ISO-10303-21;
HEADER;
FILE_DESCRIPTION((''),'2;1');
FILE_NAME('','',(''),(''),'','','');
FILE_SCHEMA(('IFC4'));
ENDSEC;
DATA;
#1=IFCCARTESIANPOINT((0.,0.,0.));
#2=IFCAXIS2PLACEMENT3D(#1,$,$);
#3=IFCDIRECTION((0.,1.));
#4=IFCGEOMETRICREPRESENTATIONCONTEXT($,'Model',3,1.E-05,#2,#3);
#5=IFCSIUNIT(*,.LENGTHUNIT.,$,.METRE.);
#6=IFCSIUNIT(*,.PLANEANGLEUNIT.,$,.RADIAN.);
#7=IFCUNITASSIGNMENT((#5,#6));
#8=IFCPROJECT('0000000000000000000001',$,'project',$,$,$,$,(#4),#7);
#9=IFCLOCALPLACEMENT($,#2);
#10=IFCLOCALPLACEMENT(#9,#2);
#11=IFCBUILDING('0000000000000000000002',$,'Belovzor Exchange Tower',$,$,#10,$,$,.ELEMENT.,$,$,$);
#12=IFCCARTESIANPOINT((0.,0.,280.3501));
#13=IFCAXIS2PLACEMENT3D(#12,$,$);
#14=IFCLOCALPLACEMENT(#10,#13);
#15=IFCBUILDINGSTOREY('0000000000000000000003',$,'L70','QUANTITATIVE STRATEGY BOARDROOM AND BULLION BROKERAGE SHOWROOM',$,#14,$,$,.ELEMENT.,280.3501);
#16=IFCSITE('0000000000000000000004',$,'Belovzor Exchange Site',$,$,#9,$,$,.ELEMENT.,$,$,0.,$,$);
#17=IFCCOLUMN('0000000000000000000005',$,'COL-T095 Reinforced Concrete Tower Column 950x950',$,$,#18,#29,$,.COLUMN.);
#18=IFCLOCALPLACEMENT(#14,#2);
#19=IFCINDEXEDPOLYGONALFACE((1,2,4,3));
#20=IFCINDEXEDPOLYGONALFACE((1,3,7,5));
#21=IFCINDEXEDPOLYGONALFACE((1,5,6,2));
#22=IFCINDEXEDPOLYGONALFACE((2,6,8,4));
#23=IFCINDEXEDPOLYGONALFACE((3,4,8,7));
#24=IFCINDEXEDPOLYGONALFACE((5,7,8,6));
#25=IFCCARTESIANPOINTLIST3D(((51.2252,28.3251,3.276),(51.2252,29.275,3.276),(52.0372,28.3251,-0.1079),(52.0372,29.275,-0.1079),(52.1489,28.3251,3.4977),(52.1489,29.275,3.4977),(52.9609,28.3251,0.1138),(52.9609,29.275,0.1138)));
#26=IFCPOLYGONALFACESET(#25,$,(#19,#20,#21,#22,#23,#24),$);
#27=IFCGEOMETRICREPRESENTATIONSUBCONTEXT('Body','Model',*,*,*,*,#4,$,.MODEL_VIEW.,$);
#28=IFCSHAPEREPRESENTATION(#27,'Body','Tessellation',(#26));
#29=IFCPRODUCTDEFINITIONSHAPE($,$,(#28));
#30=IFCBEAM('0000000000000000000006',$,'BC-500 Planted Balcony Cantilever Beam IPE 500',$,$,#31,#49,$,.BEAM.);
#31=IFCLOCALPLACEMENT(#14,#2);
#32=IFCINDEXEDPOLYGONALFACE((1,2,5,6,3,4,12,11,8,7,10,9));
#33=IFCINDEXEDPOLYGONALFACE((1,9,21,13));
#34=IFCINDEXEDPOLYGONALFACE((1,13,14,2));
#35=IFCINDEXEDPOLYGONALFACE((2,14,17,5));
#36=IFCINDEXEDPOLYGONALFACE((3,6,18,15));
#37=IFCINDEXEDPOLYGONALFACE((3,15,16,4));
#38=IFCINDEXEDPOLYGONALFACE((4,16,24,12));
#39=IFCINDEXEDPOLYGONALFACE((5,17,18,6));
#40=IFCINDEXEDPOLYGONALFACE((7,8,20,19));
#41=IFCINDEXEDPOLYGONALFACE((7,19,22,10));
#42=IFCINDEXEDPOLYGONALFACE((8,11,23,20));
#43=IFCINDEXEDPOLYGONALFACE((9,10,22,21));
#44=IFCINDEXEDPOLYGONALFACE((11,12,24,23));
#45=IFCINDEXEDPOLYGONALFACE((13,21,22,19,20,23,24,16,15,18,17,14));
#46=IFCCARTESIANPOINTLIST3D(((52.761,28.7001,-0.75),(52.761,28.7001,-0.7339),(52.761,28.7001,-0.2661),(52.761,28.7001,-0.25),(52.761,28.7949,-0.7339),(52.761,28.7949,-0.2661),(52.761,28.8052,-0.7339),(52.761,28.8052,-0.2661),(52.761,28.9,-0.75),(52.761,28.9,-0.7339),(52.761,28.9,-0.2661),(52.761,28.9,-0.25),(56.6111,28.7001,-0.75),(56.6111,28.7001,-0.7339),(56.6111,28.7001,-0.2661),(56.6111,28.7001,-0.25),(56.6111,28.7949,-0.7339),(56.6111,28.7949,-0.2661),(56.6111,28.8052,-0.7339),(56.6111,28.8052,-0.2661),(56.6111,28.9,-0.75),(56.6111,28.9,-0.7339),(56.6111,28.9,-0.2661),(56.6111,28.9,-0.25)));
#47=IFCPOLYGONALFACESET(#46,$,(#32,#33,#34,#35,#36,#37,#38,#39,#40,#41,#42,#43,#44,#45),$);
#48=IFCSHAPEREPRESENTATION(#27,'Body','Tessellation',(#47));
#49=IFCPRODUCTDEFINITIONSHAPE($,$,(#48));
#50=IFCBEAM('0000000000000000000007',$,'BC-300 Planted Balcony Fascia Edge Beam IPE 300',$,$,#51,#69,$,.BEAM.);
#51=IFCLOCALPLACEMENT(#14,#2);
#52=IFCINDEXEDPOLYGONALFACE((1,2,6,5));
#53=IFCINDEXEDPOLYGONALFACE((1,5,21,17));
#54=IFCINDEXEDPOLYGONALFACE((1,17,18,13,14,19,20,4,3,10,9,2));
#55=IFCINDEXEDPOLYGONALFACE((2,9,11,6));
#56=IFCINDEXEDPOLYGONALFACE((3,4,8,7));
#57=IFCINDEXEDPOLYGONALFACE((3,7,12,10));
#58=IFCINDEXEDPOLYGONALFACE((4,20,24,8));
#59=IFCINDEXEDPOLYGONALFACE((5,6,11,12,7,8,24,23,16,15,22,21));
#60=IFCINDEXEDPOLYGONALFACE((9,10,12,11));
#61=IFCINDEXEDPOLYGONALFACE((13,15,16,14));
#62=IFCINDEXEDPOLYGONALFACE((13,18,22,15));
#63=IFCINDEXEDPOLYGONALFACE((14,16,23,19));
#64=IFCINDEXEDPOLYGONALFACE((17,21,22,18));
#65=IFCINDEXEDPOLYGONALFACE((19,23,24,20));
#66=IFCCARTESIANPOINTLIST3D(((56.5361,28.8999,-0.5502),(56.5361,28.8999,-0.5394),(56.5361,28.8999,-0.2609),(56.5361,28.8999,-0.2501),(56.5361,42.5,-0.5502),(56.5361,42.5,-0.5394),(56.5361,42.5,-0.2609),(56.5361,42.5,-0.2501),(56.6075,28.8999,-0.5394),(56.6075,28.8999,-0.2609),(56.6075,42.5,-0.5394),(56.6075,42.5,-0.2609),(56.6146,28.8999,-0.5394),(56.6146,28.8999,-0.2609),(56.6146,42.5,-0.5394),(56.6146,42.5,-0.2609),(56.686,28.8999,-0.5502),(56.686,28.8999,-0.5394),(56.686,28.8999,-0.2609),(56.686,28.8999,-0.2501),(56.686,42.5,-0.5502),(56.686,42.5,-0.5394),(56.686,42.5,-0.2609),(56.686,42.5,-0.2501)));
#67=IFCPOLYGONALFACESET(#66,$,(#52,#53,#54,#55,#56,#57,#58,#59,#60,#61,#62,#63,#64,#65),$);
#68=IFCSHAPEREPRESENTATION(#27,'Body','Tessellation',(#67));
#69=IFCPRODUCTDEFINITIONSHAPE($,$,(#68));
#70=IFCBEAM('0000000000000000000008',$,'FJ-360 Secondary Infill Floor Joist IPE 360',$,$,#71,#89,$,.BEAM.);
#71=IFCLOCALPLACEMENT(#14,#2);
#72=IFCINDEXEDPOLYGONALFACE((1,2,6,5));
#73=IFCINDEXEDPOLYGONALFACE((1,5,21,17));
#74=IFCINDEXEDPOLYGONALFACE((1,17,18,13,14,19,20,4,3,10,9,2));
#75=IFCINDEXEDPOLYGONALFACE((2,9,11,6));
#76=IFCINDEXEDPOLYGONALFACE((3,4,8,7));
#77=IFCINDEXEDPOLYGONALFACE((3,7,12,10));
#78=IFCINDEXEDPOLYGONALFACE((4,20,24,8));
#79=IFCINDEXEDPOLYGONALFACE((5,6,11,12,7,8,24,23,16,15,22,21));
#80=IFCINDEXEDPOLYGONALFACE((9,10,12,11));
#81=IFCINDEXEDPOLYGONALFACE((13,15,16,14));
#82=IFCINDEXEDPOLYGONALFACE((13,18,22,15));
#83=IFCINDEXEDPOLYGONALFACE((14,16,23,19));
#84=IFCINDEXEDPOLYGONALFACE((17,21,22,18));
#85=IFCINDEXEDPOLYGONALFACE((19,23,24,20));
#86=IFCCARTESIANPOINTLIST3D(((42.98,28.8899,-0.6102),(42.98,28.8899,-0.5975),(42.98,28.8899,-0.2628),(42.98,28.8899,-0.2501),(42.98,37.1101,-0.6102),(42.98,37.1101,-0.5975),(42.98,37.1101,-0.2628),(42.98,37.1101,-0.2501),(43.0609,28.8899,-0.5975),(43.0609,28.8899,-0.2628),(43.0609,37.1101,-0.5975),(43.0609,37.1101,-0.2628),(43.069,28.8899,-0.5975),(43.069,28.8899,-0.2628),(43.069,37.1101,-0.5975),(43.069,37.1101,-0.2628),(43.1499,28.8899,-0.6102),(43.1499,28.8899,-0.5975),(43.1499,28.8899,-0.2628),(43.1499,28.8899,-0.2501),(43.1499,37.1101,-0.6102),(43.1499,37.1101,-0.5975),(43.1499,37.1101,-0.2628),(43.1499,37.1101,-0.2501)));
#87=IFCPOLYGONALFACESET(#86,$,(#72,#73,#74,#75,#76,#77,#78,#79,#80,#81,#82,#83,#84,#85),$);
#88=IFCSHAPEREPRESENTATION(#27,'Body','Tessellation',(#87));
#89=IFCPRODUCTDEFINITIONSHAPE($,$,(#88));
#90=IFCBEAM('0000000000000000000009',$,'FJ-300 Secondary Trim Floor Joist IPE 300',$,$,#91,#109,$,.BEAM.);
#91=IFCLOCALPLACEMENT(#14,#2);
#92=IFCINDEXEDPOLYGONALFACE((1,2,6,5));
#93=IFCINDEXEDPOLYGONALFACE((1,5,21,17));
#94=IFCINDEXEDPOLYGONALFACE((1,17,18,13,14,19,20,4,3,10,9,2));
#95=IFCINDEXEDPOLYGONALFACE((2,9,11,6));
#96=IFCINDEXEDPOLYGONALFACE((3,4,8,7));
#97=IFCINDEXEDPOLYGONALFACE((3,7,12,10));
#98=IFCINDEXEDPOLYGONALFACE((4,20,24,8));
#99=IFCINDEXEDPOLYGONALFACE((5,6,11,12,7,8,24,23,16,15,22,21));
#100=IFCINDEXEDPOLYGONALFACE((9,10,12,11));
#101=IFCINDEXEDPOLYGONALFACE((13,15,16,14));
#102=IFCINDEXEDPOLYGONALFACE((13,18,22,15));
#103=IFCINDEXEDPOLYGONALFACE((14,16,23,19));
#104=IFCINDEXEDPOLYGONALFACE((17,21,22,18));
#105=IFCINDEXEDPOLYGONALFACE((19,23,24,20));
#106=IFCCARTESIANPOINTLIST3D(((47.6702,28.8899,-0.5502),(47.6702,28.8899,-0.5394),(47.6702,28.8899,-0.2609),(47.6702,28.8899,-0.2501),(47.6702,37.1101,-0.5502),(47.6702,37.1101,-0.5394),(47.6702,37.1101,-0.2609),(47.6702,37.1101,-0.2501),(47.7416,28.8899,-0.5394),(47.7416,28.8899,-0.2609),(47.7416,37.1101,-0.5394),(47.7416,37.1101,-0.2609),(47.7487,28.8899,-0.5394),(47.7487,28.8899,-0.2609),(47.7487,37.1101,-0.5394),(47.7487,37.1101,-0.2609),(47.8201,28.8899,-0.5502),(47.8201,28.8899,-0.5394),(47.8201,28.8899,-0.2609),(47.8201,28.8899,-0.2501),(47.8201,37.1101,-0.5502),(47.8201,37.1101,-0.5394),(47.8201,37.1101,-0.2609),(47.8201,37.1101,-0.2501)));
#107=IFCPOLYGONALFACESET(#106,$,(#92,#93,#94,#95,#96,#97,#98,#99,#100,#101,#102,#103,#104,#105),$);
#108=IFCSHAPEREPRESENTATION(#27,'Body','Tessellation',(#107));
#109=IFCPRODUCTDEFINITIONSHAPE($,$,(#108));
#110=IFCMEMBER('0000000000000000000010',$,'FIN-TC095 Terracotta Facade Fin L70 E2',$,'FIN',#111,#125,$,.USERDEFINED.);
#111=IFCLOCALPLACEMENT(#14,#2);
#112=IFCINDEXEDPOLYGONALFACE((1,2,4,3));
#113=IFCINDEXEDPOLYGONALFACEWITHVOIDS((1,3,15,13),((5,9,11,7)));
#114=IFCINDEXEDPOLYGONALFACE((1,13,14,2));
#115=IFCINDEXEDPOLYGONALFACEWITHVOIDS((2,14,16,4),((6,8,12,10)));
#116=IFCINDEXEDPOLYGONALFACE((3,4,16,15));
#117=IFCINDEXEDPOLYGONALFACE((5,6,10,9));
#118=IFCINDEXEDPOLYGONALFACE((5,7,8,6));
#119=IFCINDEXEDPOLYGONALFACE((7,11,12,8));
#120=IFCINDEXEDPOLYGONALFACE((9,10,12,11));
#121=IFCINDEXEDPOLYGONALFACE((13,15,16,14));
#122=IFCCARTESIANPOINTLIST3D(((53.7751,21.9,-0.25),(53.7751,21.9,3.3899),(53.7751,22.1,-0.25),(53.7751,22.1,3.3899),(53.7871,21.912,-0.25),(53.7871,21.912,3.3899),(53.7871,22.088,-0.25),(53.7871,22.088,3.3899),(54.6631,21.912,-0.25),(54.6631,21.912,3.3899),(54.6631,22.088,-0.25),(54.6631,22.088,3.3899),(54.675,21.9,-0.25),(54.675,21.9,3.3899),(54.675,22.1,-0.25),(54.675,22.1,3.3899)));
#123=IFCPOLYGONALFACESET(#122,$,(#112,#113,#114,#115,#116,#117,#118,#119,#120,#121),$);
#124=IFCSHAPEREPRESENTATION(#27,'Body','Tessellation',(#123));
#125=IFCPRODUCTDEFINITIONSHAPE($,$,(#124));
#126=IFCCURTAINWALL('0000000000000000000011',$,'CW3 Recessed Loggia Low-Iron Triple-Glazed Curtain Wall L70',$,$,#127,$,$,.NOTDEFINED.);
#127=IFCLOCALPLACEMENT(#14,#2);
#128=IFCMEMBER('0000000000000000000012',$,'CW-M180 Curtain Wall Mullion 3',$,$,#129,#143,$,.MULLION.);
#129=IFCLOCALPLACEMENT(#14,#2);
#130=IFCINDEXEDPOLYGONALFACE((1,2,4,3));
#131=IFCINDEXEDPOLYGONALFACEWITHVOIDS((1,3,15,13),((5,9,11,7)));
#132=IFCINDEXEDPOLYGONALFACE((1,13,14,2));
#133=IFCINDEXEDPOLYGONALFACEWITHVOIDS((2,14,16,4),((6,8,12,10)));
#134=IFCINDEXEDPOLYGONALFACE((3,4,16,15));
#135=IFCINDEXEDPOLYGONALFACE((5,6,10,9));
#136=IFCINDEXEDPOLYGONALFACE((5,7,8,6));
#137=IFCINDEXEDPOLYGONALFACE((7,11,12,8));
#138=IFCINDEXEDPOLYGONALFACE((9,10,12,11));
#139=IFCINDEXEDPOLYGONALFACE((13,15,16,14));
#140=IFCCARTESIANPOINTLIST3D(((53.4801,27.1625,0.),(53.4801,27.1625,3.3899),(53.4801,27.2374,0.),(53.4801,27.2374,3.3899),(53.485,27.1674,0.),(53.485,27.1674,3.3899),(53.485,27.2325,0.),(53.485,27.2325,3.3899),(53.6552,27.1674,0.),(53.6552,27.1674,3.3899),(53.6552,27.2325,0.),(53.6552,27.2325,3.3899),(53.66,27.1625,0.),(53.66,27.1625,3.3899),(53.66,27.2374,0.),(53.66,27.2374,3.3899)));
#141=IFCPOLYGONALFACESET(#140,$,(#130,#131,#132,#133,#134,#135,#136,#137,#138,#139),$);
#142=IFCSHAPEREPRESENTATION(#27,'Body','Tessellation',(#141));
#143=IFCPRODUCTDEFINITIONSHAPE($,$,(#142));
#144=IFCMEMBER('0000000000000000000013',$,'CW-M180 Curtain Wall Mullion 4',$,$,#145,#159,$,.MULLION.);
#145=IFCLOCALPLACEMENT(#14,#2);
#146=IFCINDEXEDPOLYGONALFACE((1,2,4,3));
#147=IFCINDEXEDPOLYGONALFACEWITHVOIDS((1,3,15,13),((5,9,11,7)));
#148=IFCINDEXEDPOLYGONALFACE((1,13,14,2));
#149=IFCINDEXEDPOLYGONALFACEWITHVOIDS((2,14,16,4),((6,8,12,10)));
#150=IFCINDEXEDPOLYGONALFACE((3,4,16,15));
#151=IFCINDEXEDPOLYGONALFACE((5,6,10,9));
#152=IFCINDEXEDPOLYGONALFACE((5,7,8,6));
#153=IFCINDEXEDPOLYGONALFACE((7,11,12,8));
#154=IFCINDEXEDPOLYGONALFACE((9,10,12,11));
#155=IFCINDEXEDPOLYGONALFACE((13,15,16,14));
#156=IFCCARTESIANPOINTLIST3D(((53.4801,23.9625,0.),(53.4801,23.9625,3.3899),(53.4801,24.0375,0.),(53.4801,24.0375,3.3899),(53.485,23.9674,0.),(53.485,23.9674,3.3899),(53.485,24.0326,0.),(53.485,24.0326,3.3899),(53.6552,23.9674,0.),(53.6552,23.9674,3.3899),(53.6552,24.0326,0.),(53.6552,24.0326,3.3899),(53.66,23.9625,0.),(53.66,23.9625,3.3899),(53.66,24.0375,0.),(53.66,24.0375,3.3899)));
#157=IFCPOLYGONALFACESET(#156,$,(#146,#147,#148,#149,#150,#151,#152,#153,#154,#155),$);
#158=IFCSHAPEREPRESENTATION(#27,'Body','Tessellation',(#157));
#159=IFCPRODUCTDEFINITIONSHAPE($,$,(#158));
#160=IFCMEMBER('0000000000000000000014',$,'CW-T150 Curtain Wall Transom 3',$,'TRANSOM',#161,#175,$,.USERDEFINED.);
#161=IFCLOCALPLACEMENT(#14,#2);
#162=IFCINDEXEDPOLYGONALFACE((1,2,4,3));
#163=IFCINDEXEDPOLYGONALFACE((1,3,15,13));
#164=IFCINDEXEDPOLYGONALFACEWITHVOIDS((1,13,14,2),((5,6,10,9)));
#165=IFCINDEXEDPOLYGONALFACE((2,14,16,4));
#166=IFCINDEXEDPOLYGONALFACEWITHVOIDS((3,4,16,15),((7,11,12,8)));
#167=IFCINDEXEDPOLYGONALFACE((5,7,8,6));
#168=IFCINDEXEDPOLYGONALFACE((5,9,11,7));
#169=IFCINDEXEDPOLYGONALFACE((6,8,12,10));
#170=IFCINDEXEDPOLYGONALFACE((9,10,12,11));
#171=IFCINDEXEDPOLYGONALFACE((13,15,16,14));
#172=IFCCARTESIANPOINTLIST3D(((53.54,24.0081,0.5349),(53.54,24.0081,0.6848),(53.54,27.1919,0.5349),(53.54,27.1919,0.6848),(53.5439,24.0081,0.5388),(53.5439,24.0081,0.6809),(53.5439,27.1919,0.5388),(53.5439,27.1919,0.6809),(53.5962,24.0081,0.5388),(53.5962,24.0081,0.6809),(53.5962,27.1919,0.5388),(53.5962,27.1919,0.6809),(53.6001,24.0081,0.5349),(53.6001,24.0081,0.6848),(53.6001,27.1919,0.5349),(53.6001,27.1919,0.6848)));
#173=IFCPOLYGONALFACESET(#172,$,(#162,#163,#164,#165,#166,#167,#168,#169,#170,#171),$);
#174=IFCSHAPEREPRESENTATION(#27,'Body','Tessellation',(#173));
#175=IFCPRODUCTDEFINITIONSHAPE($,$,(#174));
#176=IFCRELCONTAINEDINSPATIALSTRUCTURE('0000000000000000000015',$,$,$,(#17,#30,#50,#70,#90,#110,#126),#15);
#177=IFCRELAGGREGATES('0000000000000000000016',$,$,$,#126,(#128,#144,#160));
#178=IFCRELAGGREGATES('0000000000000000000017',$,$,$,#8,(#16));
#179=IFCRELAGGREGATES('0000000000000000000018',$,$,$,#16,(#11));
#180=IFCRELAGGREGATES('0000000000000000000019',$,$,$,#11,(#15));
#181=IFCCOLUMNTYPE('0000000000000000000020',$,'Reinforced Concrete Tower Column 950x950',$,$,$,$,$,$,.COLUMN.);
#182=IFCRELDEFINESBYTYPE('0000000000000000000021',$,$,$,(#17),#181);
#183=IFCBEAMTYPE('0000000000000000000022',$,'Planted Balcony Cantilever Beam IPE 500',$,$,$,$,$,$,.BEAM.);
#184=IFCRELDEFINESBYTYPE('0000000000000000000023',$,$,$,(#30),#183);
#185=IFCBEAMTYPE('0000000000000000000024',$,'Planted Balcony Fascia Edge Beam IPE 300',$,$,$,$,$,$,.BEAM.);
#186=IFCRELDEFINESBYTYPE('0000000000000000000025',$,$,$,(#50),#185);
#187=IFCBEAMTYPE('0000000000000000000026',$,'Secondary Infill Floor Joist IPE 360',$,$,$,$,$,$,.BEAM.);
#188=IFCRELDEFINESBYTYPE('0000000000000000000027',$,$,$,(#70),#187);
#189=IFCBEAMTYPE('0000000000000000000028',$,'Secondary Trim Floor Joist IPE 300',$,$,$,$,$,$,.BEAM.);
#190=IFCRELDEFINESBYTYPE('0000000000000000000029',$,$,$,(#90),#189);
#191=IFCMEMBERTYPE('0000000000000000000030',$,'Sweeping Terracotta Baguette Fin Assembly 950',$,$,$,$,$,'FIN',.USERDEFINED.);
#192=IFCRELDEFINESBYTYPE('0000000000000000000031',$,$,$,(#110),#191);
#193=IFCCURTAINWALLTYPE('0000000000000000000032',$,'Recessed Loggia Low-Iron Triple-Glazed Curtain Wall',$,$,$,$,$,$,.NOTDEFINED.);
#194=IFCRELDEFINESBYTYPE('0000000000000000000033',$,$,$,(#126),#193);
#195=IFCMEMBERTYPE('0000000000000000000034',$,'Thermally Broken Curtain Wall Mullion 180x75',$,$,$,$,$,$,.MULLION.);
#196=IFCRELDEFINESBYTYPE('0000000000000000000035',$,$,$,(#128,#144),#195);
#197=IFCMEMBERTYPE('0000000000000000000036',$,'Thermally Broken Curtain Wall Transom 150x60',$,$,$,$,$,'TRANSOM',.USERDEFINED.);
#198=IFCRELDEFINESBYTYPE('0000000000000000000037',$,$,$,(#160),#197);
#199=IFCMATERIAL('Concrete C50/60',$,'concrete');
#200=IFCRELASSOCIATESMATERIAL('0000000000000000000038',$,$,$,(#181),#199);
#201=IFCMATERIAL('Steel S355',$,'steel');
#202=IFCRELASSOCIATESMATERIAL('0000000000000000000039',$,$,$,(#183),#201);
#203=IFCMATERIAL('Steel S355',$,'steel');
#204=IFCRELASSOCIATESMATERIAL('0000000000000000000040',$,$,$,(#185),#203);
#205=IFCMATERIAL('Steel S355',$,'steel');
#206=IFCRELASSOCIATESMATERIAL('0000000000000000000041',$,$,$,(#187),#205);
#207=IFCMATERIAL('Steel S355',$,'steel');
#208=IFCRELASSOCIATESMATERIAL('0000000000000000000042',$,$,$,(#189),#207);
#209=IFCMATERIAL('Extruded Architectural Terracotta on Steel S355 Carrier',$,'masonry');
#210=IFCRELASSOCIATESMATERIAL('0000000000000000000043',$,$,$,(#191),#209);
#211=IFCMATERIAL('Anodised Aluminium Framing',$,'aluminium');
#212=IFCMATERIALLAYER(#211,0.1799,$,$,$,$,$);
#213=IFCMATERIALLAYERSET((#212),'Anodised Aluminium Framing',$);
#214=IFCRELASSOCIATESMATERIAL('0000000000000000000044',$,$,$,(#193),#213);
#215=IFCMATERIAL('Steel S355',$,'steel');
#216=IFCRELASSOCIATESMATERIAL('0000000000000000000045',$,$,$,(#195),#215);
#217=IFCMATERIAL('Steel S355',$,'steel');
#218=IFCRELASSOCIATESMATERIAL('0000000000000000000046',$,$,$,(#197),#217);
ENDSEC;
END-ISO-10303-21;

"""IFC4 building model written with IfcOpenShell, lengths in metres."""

from ifc_helpers import new_model, si_unit, direction, frame, origin, origin_2d, place, context, subcontext, project, spatial, rectangle, hollow_rectangle, i_section, extrude, material, layer, layer_set, material_profile, profile_set, type_object, element, aggregate, save


model = new_model("IFC4")

# Units and contexts
model_context = context("Model", 3, precision=1e-05, world=origin(), true_north=direction((0.0, 1.0)))
body_context = subcontext(model_context, "Body", "Model", "MODEL_VIEW")
ifc_project = project(units=[si_unit("LENGTHUNIT", "METRE"), si_unit("PLANEANGLEUNIT", "RADIAN")], contexts=[model_context])

# Site, building, storey
site_placement = place(None, origin())
site = spatial("IfcSite", under=ifc_project, at=site_placement, Name="Belovzor Exchange Site", CompositionType="ELEMENT", RefElevation=0.0)
building_placement = place(site_placement, origin())
building = spatial("IfcBuilding", under=site, at=building_placement, Name="Belovzor Exchange Tower", CompositionType="ELEMENT")
storey_placement = place(building_placement, frame((0.0, 0.0, 280.3501)))
storey = spatial("IfcBuildingStorey", under=building, at=storey_placement, Name="L70", Description="QUANTITATIVE STRATEGY BOARDROOM AND BULLION BROKERAGE SHOWROOM", CompositionType="ELEMENT", Elevation=280.3501)

# Column
ifc_material_1 = material(Name="Concrete C50/60", Category="concrete")
ifc_material_profile_1 = material_profile(ifc_material_1, rectangle(XDim=0.95, YDim=0.95, at=origin_2d()))
ifc_profile_set_1 = profile_set([ifc_material_profile_1], Name="Concrete C50/60")
column_type = type_object("IfcColumnType", Name="Reinforced Concrete Tower Column 950x950", PredefinedType="COLUMN", material=ifc_profile_set_1)
column_placement = place(storey_placement, frame((52.499, 28.8, 0.0029), z_axis=(-0.23333, 0.0, 0.972397), x_axis=(0.0, -1.0, 0.0)))
element("IfcColumn", 1, at=column_placement, inside=storey, type_object=column_type, Name="COL-T095 Reinforced Concrete Tower Column 950x950", PredefinedType="COLUMN", context=body_context, shape_type="SweptSolid", body=[
    extrude(rectangle(XDim=0.95, YDim=0.95, at=origin_2d()), origin(), (0.0, 0.0, 1.0), 3.48),
])

# Beams
ifc_material_2 = material(Name="Steel S355", Category="steel")
ifc_material_profile_2 = material_profile(ifc_material_2, i_section(OverallWidth=0.2, OverallDepth=0.5, WebThickness=0.0103, FlangeThickness=0.0161, at=origin_2d()))
ifc_profile_set_2 = profile_set([ifc_material_profile_2], Name="Steel S355")
beam_type_1 = type_object("IfcBeamType", Name="Planted Balcony Cantilever Beam IPE 500", PredefinedType="BEAM", material=ifc_profile_set_2)
beam_1_placement = place(storey_placement, frame((52.761, 28.8, -0.5), z_axis=(1.0, 0.0, 0.0), x_axis=(0.0, 1.0, 0.0)))
element("IfcBeam", 2, at=beam_1_placement, inside=storey, type_object=beam_type_1, Name="BC-500 Planted Balcony Cantilever Beam IPE 500", PredefinedType="BEAM", context=body_context, shape_type="SweptSolid", body=[
    extrude(i_section(OverallWidth=0.2, OverallDepth=0.5, WebThickness=0.0103, FlangeThickness=0.0161, at=origin_2d()), origin(), (0.0, 0.0, 1.0), 3.8501),
])
ifc_material_3 = material(Name="Steel S355", Category="steel")
ifc_material_profile_3 = material_profile(ifc_material_3, i_section(OverallWidth=0.1499, OverallDepth=0.3, WebThickness=0.0071, FlangeThickness=0.0107, at=origin_2d()))
ifc_profile_set_3 = profile_set([ifc_material_profile_3], Name="Steel S355")
beam_type_2 = type_object("IfcBeamType", Name="Planted Balcony Fascia Edge Beam IPE 300", PredefinedType="BEAM", material=ifc_profile_set_3)
beam_2_placement = place(storey_placement, frame((56.6111, 28.8999, -0.4001), z_axis=(0.0, 1.0, 0.0), x_axis=(-1.0, 0.0, 0.0)))
element("IfcBeam", 3, at=beam_2_placement, inside=storey, type_object=beam_type_2, Name="BC-300 Planted Balcony Fascia Edge Beam IPE 300", PredefinedType="BEAM", context=body_context, shape_type="SweptSolid", body=[
    extrude(i_section(OverallWidth=0.1499, OverallDepth=0.3, WebThickness=0.0071, FlangeThickness=0.0107, at=origin_2d()), origin(), (0.0, 0.0, 1.0), 13.6001),
])
ifc_material_4 = material(Name="Steel S355", Category="steel")
ifc_material_profile_4 = material_profile(ifc_material_4, i_section(OverallWidth=0.1699, OverallDepth=0.3601, WebThickness=0.0081, FlangeThickness=0.0127, at=origin_2d()))
ifc_profile_set_4 = profile_set([ifc_material_profile_4], Name="Steel S355")
beam_type_3 = type_object("IfcBeamType", Name="Secondary Infill Floor Joist IPE 360", PredefinedType="BEAM", material=ifc_profile_set_4)
beam_3_placement = place(storey_placement, frame((43.0649, 28.8899, -0.4302), z_axis=(0.0, 1.0, 0.0), x_axis=(-1.0, 0.0, 0.0)))
element("IfcBeam", 4, at=beam_3_placement, inside=storey, type_object=beam_type_3, Name="FJ-360 Secondary Infill Floor Joist IPE 360", PredefinedType="BEAM", context=body_context, shape_type="SweptSolid", body=[
    extrude(i_section(OverallWidth=0.1699, OverallDepth=0.3601, WebThickness=0.0081, FlangeThickness=0.0127, at=origin_2d()), origin(), (0.0, 0.0, 1.0), 8.2202),
])
ifc_material_5 = material(Name="Steel S355", Category="steel")
ifc_material_profile_5 = material_profile(ifc_material_5, i_section(OverallWidth=0.1499, OverallDepth=0.3, WebThickness=0.0071, FlangeThickness=0.0107, at=origin_2d()))
ifc_profile_set_5 = profile_set([ifc_material_profile_5], Name="Steel S355")
beam_type_4 = type_object("IfcBeamType", Name="Secondary Trim Floor Joist IPE 300", PredefinedType="BEAM", material=ifc_profile_set_5)
beam_4_placement = place(storey_placement, frame((47.7451, 28.8899, -0.4001), z_axis=(0.0, 1.0, 0.0), x_axis=(-1.0, 0.0, 0.0)))
element("IfcBeam", 5, at=beam_4_placement, inside=storey, type_object=beam_type_4, Name="FJ-300 Secondary Trim Floor Joist IPE 300", PredefinedType="BEAM", context=body_context, shape_type="SweptSolid", body=[
    extrude(i_section(OverallWidth=0.1499, OverallDepth=0.3, WebThickness=0.0071, FlangeThickness=0.0107, at=origin_2d()), origin(), (0.0, 0.0, 1.0), 8.2202),
])

# Member
ifc_material_6 = material(Name="Extruded Architectural Terracotta on Steel S355 Carrier", Category="masonry")
ifc_material_profile_6 = material_profile(ifc_material_6, hollow_rectangle(XDim=0.2, YDim=0.8999, WallThickness=0.012, at=origin_2d()))
ifc_profile_set_6 = profile_set([ifc_material_profile_6], Name="Extruded Architectural Terracotta on Steel S355 Carrier")
member_type_1 = type_object("IfcMemberType", Name="Sweeping Terracotta Baguette Fin Assembly 950", ElementType="FIN", PredefinedType="USERDEFINED", material=ifc_profile_set_6)
member_1_placement = place(storey_placement, frame((54.2251, 22.0, -0.25), z_axis=(0.0, 0.0, 1.0), x_axis=(0.0, 1.0, 0.0)))
element("IfcMember", 6, at=member_1_placement, inside=storey, type_object=member_type_1, Name="FIN-TC095 Terracotta Facade Fin L70 E2", ObjectType="FIN", PredefinedType="USERDEFINED", context=body_context, shape_type="SweptSolid", body=[
    extrude(hollow_rectangle(XDim=0.2, YDim=0.8999, WallThickness=0.012, at=origin_2d()), origin(), (0.0, 0.0, 1.0), 3.6399),
])

# Curtain wall, members
ifc_material_7 = material(Name="Anodised Aluminium Framing", Category="aluminium")
ifc_layer_1 = layer(ifc_material_7, 0.1799)
ifc_layer_set_1 = layer_set([ifc_layer_1], Name="Anodised Aluminium Framing")
curtain_wall_type = type_object("IfcCurtainWallType", Name="Recessed Loggia Low-Iron Triple-Glazed Curtain Wall", PredefinedType="NOTDEFINED", material=ifc_layer_set_1)
curtain_wall_placement = place(storey_placement, origin())
curtain_wall = element("IfcCurtainWall", 7, at=curtain_wall_placement, inside=storey, type_object=curtain_wall_type, Name="CW3 Recessed Loggia Low-Iron Triple-Glazed Curtain Wall L70", PredefinedType="NOTDEFINED")
ifc_material_8 = material(Name="Steel S355", Category="steel")
ifc_material_profile_7 = material_profile(ifc_material_8, hollow_rectangle(XDim=0.075, YDim=0.1799, WallThickness=0.0049, at=origin_2d()))
ifc_profile_set_7 = profile_set([ifc_material_profile_7], Name="Steel S355")
member_type_2 = type_object("IfcMemberType", Name="Thermally Broken Curtain Wall Mullion 180x75", PredefinedType="MULLION", material=ifc_profile_set_7)
member_2_placement = place(storey_placement, frame((53.5701, 27.2, 0.0), z_axis=(0.0, 0.0, 1.0), x_axis=(0.0, -1.0, 0.0)))
member_2 = element("IfcMember", 8, at=member_2_placement, type_object=member_type_2, Name="CW-M180 Curtain Wall Mullion 3", PredefinedType="MULLION", context=body_context, shape_type="SweptSolid", body=[
    extrude(hollow_rectangle(XDim=0.075, YDim=0.1799, WallThickness=0.0049, at=origin_2d()), origin(), (0.0, 0.0, 1.0), 3.3899),
])
member_3_placement = place(storey_placement, frame((53.5701, 24.0, 0.0), z_axis=(0.0, 0.0, 1.0), x_axis=(0.0, -1.0, 0.0)))
member_3 = element("IfcMember", 9, at=member_3_placement, type_object=member_type_2, Name="CW-M180 Curtain Wall Mullion 4", PredefinedType="MULLION", context=body_context, shape_type="SweptSolid", body=[
    extrude(hollow_rectangle(XDim=0.075, YDim=0.1799, WallThickness=0.0049, at=origin_2d()), origin(), (0.0, 0.0, 1.0), 3.3899),
])
ifc_material_9 = material(Name="Steel S355", Category="steel")
ifc_material_profile_8 = material_profile(ifc_material_9, hollow_rectangle(XDim=0.0601, YDim=0.1499, WallThickness=0.0039, at=origin_2d()))
ifc_profile_set_8 = profile_set([ifc_material_profile_8], Name="Steel S355")
member_type_3 = type_object("IfcMemberType", Name="Thermally Broken Curtain Wall Transom 150x60", ElementType="TRANSOM", PredefinedType="USERDEFINED", material=ifc_profile_set_8)
member_4_placement = place(storey_placement, frame((53.5701, 27.1919, 0.6099), z_axis=(0.0, -1.0, 0.0), x_axis=(1.0, 0.0, 0.0)))
member_4 = element("IfcMember", 10, at=member_4_placement, type_object=member_type_3, Name="CW-T150 Curtain Wall Transom 3", ObjectType="TRANSOM", PredefinedType="USERDEFINED", context=body_context, shape_type="SweptSolid", body=[
    extrude(hollow_rectangle(XDim=0.0601, YDim=0.1499, WallThickness=0.0039, at=origin_2d()), origin(), (0.0, 0.0, 1.0), 3.1838),
])
aggregate(curtain_wall, [member_2, member_3, member_4])

save(model, "model.ifc")
